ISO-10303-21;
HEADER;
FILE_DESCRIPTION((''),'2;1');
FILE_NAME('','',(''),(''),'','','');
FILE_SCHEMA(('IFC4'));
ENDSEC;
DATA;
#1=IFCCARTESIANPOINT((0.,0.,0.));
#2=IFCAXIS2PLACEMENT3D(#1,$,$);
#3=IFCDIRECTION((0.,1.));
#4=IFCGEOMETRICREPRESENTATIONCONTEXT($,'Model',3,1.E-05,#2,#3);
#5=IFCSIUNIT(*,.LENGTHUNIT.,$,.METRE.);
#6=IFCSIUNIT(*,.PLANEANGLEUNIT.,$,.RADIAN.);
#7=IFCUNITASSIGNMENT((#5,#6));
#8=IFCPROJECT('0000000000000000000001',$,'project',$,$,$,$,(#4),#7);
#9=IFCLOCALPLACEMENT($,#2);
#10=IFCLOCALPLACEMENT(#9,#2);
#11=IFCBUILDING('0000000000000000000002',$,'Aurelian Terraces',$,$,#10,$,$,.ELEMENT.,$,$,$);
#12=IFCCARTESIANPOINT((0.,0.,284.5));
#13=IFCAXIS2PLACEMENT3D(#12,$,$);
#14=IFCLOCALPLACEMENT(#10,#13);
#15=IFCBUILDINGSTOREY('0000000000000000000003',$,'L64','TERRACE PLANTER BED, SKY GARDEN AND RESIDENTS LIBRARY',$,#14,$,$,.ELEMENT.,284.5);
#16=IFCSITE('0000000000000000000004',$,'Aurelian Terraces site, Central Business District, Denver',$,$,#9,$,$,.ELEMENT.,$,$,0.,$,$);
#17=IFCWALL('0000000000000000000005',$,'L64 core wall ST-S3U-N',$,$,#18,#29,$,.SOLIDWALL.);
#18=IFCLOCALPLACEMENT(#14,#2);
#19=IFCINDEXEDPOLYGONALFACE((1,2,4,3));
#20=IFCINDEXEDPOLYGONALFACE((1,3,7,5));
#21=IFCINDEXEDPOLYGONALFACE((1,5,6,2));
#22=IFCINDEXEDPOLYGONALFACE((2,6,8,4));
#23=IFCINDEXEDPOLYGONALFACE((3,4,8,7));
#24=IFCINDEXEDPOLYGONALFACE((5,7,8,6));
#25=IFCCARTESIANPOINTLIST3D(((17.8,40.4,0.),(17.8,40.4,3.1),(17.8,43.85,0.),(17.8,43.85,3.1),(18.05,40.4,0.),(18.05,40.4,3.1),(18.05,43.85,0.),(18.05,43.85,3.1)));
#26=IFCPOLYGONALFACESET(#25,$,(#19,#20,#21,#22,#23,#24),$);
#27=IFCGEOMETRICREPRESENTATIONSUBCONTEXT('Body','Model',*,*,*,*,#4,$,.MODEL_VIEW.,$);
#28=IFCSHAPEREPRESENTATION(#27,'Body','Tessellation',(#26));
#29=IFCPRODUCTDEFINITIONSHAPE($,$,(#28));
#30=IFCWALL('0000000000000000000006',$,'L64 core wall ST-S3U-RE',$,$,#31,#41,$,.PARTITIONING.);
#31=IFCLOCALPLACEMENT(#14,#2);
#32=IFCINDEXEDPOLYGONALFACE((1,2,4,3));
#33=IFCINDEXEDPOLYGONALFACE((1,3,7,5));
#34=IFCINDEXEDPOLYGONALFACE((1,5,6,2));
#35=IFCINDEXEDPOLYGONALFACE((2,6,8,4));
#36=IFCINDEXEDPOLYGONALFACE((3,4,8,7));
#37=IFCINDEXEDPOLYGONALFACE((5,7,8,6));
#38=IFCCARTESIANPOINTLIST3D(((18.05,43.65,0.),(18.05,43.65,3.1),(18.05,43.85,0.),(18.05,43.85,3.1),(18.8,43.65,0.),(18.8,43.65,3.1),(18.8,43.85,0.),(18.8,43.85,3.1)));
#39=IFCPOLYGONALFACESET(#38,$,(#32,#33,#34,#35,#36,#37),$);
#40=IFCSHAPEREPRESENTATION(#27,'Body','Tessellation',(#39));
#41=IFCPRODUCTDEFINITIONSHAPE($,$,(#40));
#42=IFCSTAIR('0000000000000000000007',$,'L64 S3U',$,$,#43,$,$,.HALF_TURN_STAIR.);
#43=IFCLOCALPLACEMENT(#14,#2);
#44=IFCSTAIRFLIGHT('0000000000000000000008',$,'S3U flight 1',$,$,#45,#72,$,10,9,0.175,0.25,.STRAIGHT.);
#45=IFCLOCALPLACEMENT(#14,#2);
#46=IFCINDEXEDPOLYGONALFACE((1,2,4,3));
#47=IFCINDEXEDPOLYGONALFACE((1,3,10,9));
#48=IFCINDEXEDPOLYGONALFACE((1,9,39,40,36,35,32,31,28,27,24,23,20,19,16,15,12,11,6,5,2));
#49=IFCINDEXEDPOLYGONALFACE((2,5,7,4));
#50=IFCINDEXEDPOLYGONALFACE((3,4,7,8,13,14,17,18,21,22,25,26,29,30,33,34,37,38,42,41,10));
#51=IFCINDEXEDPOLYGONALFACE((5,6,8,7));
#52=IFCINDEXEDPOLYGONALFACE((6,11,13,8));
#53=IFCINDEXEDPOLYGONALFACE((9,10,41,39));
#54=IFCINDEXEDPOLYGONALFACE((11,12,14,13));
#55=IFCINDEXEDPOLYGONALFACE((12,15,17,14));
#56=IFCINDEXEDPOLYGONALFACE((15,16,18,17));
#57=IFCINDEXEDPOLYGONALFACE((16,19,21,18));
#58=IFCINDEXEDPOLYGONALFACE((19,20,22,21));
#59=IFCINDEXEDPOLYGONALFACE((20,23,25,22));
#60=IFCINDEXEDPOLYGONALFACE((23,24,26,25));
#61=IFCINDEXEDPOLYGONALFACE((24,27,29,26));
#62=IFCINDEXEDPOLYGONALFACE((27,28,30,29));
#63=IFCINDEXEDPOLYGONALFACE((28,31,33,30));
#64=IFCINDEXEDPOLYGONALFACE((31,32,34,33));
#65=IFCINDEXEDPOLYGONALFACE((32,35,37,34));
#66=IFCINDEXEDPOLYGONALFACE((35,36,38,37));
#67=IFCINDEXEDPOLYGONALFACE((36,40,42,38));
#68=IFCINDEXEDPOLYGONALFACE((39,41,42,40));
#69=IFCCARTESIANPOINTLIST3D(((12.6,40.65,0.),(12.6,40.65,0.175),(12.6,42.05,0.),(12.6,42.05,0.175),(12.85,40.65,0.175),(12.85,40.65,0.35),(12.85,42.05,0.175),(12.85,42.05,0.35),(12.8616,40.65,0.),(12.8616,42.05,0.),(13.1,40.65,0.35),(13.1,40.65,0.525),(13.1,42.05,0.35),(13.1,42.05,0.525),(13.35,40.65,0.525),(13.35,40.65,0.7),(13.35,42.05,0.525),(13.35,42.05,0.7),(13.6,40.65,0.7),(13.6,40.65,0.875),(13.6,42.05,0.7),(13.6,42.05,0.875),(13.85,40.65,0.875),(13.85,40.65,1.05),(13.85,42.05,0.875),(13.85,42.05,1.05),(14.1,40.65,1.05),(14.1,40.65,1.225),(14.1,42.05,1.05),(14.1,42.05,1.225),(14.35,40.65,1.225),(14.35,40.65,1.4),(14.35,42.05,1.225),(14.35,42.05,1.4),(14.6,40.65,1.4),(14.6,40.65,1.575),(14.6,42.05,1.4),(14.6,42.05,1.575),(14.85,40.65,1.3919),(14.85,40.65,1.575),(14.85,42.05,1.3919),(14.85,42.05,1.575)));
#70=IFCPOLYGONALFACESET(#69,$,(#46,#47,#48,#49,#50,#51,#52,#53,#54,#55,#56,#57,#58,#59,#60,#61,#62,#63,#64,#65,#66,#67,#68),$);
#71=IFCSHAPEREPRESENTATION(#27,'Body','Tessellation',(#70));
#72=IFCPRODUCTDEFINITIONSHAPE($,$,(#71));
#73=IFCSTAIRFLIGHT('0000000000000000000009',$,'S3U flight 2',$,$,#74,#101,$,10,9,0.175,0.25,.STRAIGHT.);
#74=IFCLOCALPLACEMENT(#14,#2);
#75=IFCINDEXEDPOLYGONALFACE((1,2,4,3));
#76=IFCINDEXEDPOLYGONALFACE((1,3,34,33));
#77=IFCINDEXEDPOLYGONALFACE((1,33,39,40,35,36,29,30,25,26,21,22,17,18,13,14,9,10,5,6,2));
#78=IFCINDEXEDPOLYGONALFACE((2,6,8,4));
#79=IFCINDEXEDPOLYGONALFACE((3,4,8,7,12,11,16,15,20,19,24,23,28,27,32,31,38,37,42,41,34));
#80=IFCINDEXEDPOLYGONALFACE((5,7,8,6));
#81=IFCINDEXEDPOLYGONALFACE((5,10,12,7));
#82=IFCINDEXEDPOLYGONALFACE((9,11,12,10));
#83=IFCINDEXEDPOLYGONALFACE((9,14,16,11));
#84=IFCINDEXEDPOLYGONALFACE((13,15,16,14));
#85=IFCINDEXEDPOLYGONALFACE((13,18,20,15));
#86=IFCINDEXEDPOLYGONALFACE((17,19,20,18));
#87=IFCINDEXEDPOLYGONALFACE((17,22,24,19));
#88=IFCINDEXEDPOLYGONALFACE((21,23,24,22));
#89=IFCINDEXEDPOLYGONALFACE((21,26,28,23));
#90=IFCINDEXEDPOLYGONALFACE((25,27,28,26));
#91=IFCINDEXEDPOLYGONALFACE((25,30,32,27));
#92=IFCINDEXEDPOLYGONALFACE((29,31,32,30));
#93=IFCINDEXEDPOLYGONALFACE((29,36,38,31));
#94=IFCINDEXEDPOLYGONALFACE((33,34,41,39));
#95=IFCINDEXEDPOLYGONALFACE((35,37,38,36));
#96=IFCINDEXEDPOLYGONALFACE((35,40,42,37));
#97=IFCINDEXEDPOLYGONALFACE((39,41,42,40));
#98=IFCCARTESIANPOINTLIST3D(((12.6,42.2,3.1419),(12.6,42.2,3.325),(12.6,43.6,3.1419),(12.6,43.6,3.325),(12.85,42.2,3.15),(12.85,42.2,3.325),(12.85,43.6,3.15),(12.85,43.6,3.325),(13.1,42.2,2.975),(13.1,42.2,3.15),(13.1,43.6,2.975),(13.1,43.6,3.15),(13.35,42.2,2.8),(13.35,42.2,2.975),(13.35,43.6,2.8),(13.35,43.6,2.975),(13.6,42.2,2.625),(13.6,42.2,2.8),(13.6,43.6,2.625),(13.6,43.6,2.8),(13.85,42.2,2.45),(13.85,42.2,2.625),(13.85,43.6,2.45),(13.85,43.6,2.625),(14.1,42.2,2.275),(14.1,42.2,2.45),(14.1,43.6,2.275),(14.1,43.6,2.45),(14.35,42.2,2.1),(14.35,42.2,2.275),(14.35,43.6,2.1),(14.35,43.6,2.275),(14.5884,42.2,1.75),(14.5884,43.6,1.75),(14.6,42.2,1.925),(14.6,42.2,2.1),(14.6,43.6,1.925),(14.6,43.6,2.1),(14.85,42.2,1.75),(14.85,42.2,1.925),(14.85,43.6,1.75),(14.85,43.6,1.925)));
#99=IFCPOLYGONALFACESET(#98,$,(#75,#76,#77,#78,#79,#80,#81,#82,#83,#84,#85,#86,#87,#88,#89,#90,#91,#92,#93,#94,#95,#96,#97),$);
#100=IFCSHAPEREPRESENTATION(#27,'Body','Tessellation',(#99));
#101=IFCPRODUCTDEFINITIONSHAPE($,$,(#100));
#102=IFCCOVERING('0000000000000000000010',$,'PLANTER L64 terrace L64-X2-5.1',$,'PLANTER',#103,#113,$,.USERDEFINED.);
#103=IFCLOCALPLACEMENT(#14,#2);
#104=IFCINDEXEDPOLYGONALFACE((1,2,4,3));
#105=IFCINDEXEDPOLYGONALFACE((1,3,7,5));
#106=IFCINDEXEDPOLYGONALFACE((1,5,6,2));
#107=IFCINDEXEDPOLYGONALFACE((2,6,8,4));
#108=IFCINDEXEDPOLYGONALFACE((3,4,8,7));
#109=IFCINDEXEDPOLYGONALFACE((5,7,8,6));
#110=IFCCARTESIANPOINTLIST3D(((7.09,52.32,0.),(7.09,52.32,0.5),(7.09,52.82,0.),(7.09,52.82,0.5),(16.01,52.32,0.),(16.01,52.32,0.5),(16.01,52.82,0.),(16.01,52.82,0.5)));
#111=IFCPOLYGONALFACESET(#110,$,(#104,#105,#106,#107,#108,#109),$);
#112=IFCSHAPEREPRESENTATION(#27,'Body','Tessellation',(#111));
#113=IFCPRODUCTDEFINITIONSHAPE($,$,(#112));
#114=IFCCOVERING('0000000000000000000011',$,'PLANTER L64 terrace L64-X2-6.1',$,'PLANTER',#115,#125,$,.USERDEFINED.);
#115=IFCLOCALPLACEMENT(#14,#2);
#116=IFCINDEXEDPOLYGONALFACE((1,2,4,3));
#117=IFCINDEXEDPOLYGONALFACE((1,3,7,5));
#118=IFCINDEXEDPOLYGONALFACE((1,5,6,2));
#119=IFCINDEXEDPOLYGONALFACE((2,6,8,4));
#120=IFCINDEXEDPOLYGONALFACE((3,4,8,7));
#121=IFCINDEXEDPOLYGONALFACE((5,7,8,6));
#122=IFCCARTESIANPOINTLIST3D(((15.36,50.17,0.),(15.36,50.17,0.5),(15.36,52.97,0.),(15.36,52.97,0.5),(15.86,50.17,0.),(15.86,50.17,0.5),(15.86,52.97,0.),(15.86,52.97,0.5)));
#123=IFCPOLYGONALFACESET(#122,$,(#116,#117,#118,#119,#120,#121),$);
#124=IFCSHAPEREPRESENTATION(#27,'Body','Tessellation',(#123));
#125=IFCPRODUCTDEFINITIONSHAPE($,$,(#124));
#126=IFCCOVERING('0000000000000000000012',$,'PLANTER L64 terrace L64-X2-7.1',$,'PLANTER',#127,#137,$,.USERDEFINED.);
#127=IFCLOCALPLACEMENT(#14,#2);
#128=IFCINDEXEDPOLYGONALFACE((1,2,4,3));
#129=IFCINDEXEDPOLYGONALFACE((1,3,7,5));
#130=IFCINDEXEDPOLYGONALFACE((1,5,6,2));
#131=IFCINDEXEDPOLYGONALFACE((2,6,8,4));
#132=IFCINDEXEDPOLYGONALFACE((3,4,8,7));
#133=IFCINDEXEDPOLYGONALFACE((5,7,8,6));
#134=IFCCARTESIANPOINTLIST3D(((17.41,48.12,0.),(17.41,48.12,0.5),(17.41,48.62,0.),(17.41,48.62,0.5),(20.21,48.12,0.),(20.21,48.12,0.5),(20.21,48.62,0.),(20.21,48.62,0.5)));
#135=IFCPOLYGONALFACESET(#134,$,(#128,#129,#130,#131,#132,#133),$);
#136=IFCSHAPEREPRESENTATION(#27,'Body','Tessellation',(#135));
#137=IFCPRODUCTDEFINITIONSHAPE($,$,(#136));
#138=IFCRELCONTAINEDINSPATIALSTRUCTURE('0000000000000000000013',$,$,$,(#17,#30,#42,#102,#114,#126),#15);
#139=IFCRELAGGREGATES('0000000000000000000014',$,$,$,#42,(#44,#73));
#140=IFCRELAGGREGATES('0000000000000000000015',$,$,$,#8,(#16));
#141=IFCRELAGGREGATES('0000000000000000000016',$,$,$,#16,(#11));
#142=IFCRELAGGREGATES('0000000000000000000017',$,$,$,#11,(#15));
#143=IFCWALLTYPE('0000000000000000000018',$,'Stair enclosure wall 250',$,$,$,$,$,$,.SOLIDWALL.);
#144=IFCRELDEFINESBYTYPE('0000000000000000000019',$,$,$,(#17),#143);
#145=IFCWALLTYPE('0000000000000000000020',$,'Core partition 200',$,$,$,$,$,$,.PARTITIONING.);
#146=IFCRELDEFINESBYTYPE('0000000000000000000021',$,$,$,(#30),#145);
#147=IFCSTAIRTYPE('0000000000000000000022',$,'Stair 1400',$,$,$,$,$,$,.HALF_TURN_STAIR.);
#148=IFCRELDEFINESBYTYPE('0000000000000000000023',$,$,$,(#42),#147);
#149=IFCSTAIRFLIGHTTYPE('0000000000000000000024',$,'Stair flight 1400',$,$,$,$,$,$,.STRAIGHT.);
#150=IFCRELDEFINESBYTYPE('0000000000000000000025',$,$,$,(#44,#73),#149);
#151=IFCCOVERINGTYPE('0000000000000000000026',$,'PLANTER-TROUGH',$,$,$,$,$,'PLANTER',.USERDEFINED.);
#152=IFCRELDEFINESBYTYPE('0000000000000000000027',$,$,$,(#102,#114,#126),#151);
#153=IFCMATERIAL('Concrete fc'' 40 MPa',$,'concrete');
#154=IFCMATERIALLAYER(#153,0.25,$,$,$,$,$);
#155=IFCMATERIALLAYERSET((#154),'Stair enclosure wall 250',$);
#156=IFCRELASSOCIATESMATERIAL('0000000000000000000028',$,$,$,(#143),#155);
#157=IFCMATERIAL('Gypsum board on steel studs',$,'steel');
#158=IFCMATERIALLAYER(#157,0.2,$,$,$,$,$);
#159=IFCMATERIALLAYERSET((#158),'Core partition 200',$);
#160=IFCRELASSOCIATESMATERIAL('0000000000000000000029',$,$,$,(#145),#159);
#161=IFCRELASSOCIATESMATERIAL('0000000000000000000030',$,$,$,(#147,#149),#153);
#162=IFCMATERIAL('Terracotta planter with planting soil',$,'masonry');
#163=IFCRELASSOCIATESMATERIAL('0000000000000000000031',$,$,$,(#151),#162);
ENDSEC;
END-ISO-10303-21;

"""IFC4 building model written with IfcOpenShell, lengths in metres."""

from ifc_helpers import new_model, si_unit, direction, frame, frame_2d, origin, origin_2d, place, context, subcontext, project, spatial, polyline, rectangle, outline, extrude, source, transform, mapped, material, layer, layer_set, type_object, element, aggregate, save


model = new_model("IFC4")

# Units and contexts
model_context = context("Model", 3, precision=1e-05, world=origin(), true_north=direction((0.0, 1.0)))
body_context = subcontext(model_context, "Body", "Model", "MODEL_VIEW")
ifc_project = project(units=[si_unit("LENGTHUNIT", "METRE"), si_unit("PLANEANGLEUNIT", "RADIAN")], contexts=[model_context])

# Site, building, storey
site_placement = place(None, origin())
site = spatial("IfcSite", under=ifc_project, at=site_placement, Name="Aurelian Terraces site, Central Business District, Denver", CompositionType="ELEMENT", RefElevation=0.0)
building_placement = place(site_placement, origin())
building = spatial("IfcBuilding", under=site, at=building_placement, Name="Aurelian Terraces", CompositionType="ELEMENT")
storey_placement = place(building_placement, frame((0.0, 0.0, 284.5)))
storey = spatial("IfcBuildingStorey", under=building, at=storey_placement, Name="L64", Description="TERRACE PLANTER BED, SKY GARDEN AND RESIDENTS LIBRARY", CompositionType="ELEMENT", Elevation=284.5)

# Walls
ifc_material_1 = material(Name="Concrete fc' 40 MPa", Category="concrete")
ifc_layer_1 = layer(ifc_material_1, 0.25)
ifc_layer_set_1 = layer_set([ifc_layer_1], Name="Stair enclosure wall 250")
wall_type_1 = type_object("IfcWallType", Name="Stair enclosure wall 250", PredefinedType="SOLIDWALL", material=ifc_layer_set_1)
shared_shape_1 = source(origin(), body_context, "Body", "SweptSolid", [
    extrude(rectangle(XDim=3.45, YDim=0.25, at=frame_2d((1.725, 0.0))), origin(), (0.0, 0.0, 1.0), 3.1),
])
wall_1_placement = place(storey_placement, frame((17.925, 40.4, 0.0), z_axis=(0.0, 0.0, 1.0), x_axis=(0.0, 1.0, 0.0)))
element("IfcWall", 1, at=wall_1_placement, inside=storey, type_object=wall_type_1, Name="L64 core wall ST-S3U-N", PredefinedType="SOLIDWALL", context=body_context, shape_type="MappedRepresentation", body=[
    mapped(shared_shape_1, transform((0.0, 0.0, 0.0), scale=1.0)),
])
ifc_material_2 = material(Name="Gypsum board on steel studs", Category="steel")
ifc_layer_2 = layer(ifc_material_2, 0.2)
ifc_layer_set_2 = layer_set([ifc_layer_2], Name="Core partition 200")
wall_type_2 = type_object("IfcWallType", Name="Core partition 200", PredefinedType="PARTITIONING", material=ifc_layer_set_2)
shared_shape_2 = source(origin(), body_context, "Body", "SweptSolid", [
    extrude(rectangle(XDim=0.75, YDim=0.2, at=frame_2d((0.375, 0.0))), origin(), (0.0, 0.0, 1.0), 3.1),
])
wall_2_placement = place(storey_placement, frame((18.05, 43.75, 0.0), z_axis=(0.0, 0.0, 1.0), x_axis=(1.0, 0.0, 0.0)))
element("IfcWall", 2, at=wall_2_placement, inside=storey, type_object=wall_type_2, Name="L64 core wall ST-S3U-RE", PredefinedType="PARTITIONING", context=body_context, shape_type="MappedRepresentation", body=[
    mapped(shared_shape_2, transform((0.0, 0.0, 0.0), scale=1.0)),
])

# Stair, stair flights
stair_type = type_object("IfcStairType", Name="Stair 1400", PredefinedType="HALF_TURN_STAIR", material=ifc_material_1)
stair_placement = place(storey_placement, origin())
stair = element("IfcStair", 3, at=stair_placement, inside=storey, type_object=stair_type, Name="L64 S3U", PredefinedType="HALF_TURN_STAIR")
stair_flight_type = type_object("IfcStairFlightType", Name="Stair flight 1400", PredefinedType="STRAIGHT", material=ifc_material_1)
shared_shape_3 = source(origin(), body_context, "Body", "SweptSolid", [
    extrude(outline(polyline([(0.0, 0.0), (0.0, 0.175), (0.25, 0.175), (0.25, 0.35), (0.5, 0.35), (0.5, 0.525), (0.75, 0.525), (0.75, 0.7), (1.0, 0.7), (1.0, 0.875), (1.25, 0.875), (1.25, 1.05), (1.5, 1.05), (1.5, 1.225), (1.75, 1.225), (1.75, 1.4), (2.0, 1.4), (2.0, 1.575), (2.25, 1.575), (2.25, 1.75), (2.25, 1.3919), (0.2616, 0.0), (0.0, 0.0)])), frame((0.0, 0.7, 0.0), z_axis=(0.0, -1.0, 0.0), x_axis=(1.0, 0.0, 0.0)), (0.0, 0.0, 1.0), 1.4),
])
stair_flight_1_placement = place(storey_placement, frame((12.6, 41.35, 0.0), z_axis=(0.0, 0.0, 1.0), x_axis=(1.0, 0.0, 0.0)))
stair_flight_1 = element("IfcStairFlight", 4, at=stair_flight_1_placement, type_object=stair_flight_type, Name="S3U flight 1", NumberOfRisers=10, NumberOfTreads=9, PredefinedType="STRAIGHT", RiserHeight=0.175, TreadLength=0.25, context=body_context, shape_type="MappedRepresentation", body=[
    mapped(shared_shape_3, transform((0.0, 0.0, 0.0), scale=1.0)),
])
stair_flight_2_placement = place(storey_placement, frame((14.85, 42.9, 1.75), z_axis=(0.0, 0.0, 1.0), x_axis=(-1.0, 0.0, 0.0)))
stair_flight_2 = element("IfcStairFlight", 5, at=stair_flight_2_placement, type_object=stair_flight_type, Name="S3U flight 2", NumberOfRisers=10, NumberOfTreads=9, PredefinedType="STRAIGHT", RiserHeight=0.175, TreadLength=0.25, context=body_context, shape_type="MappedRepresentation", body=[
    mapped(shared_shape_3, transform((0.0, 0.0, 0.0), scale=1.0)),
])
aggregate(stair, [stair_flight_1, stair_flight_2])

# Coverings
ifc_material_3 = material(Name="Terracotta planter with planting soil", Category="masonry")
covering_type = type_object("IfcCoveringType", Name="PLANTER-TROUGH", ElementType="PLANTER", PredefinedType="USERDEFINED", material=ifc_material_3)
covering_1_placement = place(storey_placement, frame((11.55, 52.57, 0.0), z_axis=(0.0, 0.0, 1.0), x_axis=(1.0, 0.0, 0.0)))
element("IfcCovering", 6, at=covering_1_placement, inside=storey, type_object=covering_type, Name="PLANTER L64 terrace L64-X2-5.1", ObjectType="PLANTER", PredefinedType="USERDEFINED", context=body_context, shape_type="SweptSolid", body=[
    extrude(rectangle(XDim=8.92, YDim=0.5, at=origin_2d()), origin(), (0.0, 0.0, 1.0), 0.5),
])
covering_2_placement = place(storey_placement, frame((15.61, 51.57, 0.0), z_axis=(0.0, 0.0, 1.0), x_axis=(1.0, 0.0, 0.0)))
element("IfcCovering", 7, at=covering_2_placement, inside=storey, type_object=covering_type, Name="PLANTER L64 terrace L64-X2-6.1", ObjectType="PLANTER", PredefinedType="USERDEFINED", context=body_context, shape_type="SweptSolid", body=[
    extrude(rectangle(XDim=0.5, YDim=2.8, at=origin_2d()), origin(), (0.0, 0.0, 1.0), 0.5),
])
covering_3_placement = place(storey_placement, frame((18.81, 48.37, 0.0), z_axis=(0.0, 0.0, 1.0), x_axis=(1.0, 0.0, 0.0)))
element("IfcCovering", 8, at=covering_3_placement, inside=storey, type_object=covering_type, Name="PLANTER L64 terrace L64-X2-7.1", ObjectType="PLANTER", PredefinedType="USERDEFINED", context=body_context, shape_type="SweptSolid", body=[
    extrude(rectangle(XDim=2.8, YDim=0.5, at=origin_2d()), origin(), (0.0, 0.0, 1.0), 0.5),
])

save(model, "model.ifc")
